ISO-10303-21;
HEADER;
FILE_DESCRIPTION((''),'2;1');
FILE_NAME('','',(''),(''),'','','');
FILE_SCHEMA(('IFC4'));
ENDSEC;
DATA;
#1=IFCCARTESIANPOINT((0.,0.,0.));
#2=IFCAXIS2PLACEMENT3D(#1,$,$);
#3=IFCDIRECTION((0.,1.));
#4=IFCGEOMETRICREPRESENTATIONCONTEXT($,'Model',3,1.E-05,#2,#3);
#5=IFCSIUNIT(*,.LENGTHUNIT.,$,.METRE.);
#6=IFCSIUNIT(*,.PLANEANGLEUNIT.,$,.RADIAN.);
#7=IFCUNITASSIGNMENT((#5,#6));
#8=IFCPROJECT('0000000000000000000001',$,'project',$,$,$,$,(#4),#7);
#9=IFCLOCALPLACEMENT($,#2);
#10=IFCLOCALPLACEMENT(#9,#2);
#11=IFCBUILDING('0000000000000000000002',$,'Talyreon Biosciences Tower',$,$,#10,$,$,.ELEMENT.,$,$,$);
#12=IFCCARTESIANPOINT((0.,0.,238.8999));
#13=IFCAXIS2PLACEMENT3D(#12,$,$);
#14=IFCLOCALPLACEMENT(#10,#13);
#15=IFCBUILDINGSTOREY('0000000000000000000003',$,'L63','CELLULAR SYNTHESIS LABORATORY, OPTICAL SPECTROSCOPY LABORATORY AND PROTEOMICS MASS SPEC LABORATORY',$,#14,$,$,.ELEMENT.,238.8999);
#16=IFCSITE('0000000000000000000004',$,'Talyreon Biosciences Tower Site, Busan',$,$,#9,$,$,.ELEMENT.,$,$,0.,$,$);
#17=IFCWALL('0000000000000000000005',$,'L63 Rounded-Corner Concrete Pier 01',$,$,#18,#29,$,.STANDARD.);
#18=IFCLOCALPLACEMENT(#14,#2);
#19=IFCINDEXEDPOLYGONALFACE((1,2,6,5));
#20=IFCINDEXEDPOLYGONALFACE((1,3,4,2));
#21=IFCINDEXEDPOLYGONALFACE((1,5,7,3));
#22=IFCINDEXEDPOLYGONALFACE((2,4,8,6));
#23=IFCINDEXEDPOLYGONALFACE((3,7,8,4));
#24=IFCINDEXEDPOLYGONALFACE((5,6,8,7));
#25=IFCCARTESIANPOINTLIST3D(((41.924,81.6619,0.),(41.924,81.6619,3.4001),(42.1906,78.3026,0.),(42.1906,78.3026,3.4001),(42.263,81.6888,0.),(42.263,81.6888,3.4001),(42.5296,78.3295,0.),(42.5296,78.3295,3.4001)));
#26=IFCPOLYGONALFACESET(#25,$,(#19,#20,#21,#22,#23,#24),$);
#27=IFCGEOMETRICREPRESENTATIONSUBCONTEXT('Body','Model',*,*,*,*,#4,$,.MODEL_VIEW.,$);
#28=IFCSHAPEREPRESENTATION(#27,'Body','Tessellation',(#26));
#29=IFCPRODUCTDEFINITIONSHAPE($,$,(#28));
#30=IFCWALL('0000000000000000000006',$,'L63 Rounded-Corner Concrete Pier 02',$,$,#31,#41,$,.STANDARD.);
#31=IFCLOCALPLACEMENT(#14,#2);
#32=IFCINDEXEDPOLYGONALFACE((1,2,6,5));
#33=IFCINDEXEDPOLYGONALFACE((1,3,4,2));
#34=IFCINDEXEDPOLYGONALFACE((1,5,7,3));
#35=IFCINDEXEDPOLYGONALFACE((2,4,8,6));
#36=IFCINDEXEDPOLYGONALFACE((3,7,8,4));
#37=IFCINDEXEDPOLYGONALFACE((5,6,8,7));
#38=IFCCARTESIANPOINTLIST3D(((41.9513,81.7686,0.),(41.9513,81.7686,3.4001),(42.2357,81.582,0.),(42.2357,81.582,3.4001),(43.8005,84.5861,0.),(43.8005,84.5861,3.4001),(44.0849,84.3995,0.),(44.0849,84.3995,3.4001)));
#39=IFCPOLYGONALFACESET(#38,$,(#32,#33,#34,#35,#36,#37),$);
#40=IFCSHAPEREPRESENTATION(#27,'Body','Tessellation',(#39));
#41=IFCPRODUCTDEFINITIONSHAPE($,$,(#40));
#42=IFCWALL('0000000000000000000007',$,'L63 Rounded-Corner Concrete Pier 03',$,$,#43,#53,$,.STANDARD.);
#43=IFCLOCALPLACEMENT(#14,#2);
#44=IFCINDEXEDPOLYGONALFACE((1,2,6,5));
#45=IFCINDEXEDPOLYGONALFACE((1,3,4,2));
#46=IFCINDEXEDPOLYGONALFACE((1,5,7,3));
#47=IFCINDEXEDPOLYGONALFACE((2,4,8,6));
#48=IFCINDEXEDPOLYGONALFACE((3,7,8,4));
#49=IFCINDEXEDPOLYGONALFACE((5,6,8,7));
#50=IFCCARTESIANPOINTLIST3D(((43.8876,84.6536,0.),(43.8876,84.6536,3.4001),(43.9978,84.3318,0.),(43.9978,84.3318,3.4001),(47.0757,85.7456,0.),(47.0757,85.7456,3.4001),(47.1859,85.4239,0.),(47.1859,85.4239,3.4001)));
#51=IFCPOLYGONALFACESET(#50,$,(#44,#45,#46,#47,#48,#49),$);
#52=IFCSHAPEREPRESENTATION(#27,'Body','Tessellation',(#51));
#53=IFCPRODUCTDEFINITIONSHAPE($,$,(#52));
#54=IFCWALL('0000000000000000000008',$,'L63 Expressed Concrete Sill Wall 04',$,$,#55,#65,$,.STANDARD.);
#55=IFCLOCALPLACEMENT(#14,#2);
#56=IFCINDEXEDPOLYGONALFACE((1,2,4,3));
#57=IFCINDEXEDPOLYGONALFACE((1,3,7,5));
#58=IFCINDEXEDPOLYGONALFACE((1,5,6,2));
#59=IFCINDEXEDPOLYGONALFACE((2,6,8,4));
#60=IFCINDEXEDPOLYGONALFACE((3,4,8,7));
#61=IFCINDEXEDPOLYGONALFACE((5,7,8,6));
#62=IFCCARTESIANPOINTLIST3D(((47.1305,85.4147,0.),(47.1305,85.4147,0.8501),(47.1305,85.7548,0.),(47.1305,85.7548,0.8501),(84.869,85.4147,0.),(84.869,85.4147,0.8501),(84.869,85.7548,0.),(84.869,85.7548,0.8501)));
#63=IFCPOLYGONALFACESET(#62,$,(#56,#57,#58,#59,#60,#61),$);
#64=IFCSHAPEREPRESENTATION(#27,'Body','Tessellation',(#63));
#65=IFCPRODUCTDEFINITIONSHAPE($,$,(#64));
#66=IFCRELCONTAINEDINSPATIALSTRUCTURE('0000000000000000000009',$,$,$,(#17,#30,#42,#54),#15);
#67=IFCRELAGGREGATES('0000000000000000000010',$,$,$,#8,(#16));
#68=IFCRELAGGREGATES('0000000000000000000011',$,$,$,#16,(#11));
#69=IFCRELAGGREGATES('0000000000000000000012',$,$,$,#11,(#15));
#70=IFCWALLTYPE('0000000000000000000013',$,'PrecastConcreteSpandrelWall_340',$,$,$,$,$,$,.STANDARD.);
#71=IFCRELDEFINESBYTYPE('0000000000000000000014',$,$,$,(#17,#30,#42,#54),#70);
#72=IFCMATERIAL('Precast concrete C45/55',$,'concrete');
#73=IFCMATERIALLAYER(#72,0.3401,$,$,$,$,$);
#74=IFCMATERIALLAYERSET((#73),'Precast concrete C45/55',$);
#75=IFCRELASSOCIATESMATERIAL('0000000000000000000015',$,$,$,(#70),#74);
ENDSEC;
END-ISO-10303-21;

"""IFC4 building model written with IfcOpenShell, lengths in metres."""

from ifc_helpers import new_model, si_unit, direction, frame, frame_2d, origin, place, context, subcontext, project, spatial, rectangle, extrude, material, layer, layer_set, type_object, element, save


model = new_model("IFC4")

# Units and contexts
model_context = context("Model", 3, precision=1e-05, world=origin(), true_north=direction((0.0, 1.0)))
body_context = subcontext(model_context, "Body", "Model", "MODEL_VIEW")
ifc_project = project(units=[si_unit("LENGTHUNIT", "METRE"), si_unit("PLANEANGLEUNIT", "RADIAN")], contexts=[model_context])

# Site, building, storey
site_placement = place(None, origin())
site = spatial("IfcSite", under=ifc_project, at=site_placement, Name="Talyreon Biosciences Tower Site, Busan", CompositionType="ELEMENT", RefElevation=0.0)
building_placement = place(site_placement, origin())
building = spatial("IfcBuilding", under=site, at=building_placement, Name="Talyreon Biosciences Tower", CompositionType="ELEMENT")
storey_placement = place(building_placement, frame((0.0, 0.0, 238.8999)))
storey = spatial("IfcBuildingStorey", under=building, at=storey_placement, Name="L63", Description="CELLULAR SYNTHESIS LABORATORY, OPTICAL SPECTROSCOPY LABORATORY AND PROTEOMICS MASS SPEC LABORATORY", CompositionType="ELEMENT", Elevation=238.8999)

# Shared definitions
ifc_material_1 = material(Name="Precast concrete C45/55", Category="concrete")

# Walls
ifc_layer_1 = layer(ifc_material_1, 0.3401)
ifc_layer_set_1 = layer_set([ifc_layer_1], Name="Precast concrete C45/55")
wall_type_1 = type_object("IfcWallType", Name="PrecastConcreteSpandrelWall_340", PredefinedType="STANDARD", material=ifc_layer_set_1)
wall_1_placement = place(storey_placement, frame((42.3601, 78.3159, 0.0), z_axis=(0.0, 0.0, 1.0), x_axis=(-0.079112, 0.996866, 0.0)))
element("IfcWall", 1, at=wall_1_placement, inside=storey, type_object=wall_type_1, Name="L63 Rounded-Corner Concrete Pier 01", PredefinedType="STANDARD", context=body_context, shape_type="SweptSolid", body=[
    extrude(rectangle(XDim=3.3699, YDim=0.3401, at=frame_2d((1.6851, 0.0))), origin(), (0.0, 0.0, 1.0), 3.4001),
])
wall_2_placement = place(storey_placement, frame((42.0935, 81.6753, 0.0), z_axis=(0.0, 0.0, 1.0), x_axis=(0.548701, 0.836019, 0.0)))
element("IfcWall", 2, at=wall_2_placement, inside=storey, type_object=wall_type_1, Name="L63 Rounded-Corner Concrete Pier 02", PredefinedType="STANDARD", context=body_context, shape_type="SweptSolid", body=[
    extrude(rectangle(XDim=3.3701, YDim=0.3401, at=frame_2d((1.6851, 0.0))), origin(), (0.0, 0.0, 1.0), 3.4001),
])
wall_3_placement = place(storey_placement, frame((43.9426, 84.4927, 0.0), z_axis=(0.0, 0.0, 1.0), x_axis=(0.946035, 0.324063, 0.0)))
element("IfcWall", 3, at=wall_3_placement, inside=storey, type_object=wall_type_1, Name="L63 Rounded-Corner Concrete Pier 03", PredefinedType="STANDARD", context=body_context, shape_type="SweptSolid", body=[
    extrude(rectangle(XDim=3.3699, YDim=0.3401, at=frame_2d((1.6851, 0.0))), origin(), (0.0, 0.0, 1.0), 3.4001),
])
wall_4_placement = place(storey_placement, frame((47.1306, 85.5847, 0.0), z_axis=(0.0, 0.0, 1.0), x_axis=(1.0, 0.0, 0.0)))
element("IfcWall", 4, at=wall_4_placement, inside=storey, type_object=wall_type_1, Name="L63 Expressed Concrete Sill Wall 04", PredefinedType="STANDARD", context=body_context, shape_type="SweptSolid", body=[
    extrude(rectangle(XDim=37.7385, YDim=0.3401, at=frame_2d((18.8691, 0.0))), origin(), (0.0, 0.0, 1.0), 0.8501),
])

save(model, "model.ifc")
